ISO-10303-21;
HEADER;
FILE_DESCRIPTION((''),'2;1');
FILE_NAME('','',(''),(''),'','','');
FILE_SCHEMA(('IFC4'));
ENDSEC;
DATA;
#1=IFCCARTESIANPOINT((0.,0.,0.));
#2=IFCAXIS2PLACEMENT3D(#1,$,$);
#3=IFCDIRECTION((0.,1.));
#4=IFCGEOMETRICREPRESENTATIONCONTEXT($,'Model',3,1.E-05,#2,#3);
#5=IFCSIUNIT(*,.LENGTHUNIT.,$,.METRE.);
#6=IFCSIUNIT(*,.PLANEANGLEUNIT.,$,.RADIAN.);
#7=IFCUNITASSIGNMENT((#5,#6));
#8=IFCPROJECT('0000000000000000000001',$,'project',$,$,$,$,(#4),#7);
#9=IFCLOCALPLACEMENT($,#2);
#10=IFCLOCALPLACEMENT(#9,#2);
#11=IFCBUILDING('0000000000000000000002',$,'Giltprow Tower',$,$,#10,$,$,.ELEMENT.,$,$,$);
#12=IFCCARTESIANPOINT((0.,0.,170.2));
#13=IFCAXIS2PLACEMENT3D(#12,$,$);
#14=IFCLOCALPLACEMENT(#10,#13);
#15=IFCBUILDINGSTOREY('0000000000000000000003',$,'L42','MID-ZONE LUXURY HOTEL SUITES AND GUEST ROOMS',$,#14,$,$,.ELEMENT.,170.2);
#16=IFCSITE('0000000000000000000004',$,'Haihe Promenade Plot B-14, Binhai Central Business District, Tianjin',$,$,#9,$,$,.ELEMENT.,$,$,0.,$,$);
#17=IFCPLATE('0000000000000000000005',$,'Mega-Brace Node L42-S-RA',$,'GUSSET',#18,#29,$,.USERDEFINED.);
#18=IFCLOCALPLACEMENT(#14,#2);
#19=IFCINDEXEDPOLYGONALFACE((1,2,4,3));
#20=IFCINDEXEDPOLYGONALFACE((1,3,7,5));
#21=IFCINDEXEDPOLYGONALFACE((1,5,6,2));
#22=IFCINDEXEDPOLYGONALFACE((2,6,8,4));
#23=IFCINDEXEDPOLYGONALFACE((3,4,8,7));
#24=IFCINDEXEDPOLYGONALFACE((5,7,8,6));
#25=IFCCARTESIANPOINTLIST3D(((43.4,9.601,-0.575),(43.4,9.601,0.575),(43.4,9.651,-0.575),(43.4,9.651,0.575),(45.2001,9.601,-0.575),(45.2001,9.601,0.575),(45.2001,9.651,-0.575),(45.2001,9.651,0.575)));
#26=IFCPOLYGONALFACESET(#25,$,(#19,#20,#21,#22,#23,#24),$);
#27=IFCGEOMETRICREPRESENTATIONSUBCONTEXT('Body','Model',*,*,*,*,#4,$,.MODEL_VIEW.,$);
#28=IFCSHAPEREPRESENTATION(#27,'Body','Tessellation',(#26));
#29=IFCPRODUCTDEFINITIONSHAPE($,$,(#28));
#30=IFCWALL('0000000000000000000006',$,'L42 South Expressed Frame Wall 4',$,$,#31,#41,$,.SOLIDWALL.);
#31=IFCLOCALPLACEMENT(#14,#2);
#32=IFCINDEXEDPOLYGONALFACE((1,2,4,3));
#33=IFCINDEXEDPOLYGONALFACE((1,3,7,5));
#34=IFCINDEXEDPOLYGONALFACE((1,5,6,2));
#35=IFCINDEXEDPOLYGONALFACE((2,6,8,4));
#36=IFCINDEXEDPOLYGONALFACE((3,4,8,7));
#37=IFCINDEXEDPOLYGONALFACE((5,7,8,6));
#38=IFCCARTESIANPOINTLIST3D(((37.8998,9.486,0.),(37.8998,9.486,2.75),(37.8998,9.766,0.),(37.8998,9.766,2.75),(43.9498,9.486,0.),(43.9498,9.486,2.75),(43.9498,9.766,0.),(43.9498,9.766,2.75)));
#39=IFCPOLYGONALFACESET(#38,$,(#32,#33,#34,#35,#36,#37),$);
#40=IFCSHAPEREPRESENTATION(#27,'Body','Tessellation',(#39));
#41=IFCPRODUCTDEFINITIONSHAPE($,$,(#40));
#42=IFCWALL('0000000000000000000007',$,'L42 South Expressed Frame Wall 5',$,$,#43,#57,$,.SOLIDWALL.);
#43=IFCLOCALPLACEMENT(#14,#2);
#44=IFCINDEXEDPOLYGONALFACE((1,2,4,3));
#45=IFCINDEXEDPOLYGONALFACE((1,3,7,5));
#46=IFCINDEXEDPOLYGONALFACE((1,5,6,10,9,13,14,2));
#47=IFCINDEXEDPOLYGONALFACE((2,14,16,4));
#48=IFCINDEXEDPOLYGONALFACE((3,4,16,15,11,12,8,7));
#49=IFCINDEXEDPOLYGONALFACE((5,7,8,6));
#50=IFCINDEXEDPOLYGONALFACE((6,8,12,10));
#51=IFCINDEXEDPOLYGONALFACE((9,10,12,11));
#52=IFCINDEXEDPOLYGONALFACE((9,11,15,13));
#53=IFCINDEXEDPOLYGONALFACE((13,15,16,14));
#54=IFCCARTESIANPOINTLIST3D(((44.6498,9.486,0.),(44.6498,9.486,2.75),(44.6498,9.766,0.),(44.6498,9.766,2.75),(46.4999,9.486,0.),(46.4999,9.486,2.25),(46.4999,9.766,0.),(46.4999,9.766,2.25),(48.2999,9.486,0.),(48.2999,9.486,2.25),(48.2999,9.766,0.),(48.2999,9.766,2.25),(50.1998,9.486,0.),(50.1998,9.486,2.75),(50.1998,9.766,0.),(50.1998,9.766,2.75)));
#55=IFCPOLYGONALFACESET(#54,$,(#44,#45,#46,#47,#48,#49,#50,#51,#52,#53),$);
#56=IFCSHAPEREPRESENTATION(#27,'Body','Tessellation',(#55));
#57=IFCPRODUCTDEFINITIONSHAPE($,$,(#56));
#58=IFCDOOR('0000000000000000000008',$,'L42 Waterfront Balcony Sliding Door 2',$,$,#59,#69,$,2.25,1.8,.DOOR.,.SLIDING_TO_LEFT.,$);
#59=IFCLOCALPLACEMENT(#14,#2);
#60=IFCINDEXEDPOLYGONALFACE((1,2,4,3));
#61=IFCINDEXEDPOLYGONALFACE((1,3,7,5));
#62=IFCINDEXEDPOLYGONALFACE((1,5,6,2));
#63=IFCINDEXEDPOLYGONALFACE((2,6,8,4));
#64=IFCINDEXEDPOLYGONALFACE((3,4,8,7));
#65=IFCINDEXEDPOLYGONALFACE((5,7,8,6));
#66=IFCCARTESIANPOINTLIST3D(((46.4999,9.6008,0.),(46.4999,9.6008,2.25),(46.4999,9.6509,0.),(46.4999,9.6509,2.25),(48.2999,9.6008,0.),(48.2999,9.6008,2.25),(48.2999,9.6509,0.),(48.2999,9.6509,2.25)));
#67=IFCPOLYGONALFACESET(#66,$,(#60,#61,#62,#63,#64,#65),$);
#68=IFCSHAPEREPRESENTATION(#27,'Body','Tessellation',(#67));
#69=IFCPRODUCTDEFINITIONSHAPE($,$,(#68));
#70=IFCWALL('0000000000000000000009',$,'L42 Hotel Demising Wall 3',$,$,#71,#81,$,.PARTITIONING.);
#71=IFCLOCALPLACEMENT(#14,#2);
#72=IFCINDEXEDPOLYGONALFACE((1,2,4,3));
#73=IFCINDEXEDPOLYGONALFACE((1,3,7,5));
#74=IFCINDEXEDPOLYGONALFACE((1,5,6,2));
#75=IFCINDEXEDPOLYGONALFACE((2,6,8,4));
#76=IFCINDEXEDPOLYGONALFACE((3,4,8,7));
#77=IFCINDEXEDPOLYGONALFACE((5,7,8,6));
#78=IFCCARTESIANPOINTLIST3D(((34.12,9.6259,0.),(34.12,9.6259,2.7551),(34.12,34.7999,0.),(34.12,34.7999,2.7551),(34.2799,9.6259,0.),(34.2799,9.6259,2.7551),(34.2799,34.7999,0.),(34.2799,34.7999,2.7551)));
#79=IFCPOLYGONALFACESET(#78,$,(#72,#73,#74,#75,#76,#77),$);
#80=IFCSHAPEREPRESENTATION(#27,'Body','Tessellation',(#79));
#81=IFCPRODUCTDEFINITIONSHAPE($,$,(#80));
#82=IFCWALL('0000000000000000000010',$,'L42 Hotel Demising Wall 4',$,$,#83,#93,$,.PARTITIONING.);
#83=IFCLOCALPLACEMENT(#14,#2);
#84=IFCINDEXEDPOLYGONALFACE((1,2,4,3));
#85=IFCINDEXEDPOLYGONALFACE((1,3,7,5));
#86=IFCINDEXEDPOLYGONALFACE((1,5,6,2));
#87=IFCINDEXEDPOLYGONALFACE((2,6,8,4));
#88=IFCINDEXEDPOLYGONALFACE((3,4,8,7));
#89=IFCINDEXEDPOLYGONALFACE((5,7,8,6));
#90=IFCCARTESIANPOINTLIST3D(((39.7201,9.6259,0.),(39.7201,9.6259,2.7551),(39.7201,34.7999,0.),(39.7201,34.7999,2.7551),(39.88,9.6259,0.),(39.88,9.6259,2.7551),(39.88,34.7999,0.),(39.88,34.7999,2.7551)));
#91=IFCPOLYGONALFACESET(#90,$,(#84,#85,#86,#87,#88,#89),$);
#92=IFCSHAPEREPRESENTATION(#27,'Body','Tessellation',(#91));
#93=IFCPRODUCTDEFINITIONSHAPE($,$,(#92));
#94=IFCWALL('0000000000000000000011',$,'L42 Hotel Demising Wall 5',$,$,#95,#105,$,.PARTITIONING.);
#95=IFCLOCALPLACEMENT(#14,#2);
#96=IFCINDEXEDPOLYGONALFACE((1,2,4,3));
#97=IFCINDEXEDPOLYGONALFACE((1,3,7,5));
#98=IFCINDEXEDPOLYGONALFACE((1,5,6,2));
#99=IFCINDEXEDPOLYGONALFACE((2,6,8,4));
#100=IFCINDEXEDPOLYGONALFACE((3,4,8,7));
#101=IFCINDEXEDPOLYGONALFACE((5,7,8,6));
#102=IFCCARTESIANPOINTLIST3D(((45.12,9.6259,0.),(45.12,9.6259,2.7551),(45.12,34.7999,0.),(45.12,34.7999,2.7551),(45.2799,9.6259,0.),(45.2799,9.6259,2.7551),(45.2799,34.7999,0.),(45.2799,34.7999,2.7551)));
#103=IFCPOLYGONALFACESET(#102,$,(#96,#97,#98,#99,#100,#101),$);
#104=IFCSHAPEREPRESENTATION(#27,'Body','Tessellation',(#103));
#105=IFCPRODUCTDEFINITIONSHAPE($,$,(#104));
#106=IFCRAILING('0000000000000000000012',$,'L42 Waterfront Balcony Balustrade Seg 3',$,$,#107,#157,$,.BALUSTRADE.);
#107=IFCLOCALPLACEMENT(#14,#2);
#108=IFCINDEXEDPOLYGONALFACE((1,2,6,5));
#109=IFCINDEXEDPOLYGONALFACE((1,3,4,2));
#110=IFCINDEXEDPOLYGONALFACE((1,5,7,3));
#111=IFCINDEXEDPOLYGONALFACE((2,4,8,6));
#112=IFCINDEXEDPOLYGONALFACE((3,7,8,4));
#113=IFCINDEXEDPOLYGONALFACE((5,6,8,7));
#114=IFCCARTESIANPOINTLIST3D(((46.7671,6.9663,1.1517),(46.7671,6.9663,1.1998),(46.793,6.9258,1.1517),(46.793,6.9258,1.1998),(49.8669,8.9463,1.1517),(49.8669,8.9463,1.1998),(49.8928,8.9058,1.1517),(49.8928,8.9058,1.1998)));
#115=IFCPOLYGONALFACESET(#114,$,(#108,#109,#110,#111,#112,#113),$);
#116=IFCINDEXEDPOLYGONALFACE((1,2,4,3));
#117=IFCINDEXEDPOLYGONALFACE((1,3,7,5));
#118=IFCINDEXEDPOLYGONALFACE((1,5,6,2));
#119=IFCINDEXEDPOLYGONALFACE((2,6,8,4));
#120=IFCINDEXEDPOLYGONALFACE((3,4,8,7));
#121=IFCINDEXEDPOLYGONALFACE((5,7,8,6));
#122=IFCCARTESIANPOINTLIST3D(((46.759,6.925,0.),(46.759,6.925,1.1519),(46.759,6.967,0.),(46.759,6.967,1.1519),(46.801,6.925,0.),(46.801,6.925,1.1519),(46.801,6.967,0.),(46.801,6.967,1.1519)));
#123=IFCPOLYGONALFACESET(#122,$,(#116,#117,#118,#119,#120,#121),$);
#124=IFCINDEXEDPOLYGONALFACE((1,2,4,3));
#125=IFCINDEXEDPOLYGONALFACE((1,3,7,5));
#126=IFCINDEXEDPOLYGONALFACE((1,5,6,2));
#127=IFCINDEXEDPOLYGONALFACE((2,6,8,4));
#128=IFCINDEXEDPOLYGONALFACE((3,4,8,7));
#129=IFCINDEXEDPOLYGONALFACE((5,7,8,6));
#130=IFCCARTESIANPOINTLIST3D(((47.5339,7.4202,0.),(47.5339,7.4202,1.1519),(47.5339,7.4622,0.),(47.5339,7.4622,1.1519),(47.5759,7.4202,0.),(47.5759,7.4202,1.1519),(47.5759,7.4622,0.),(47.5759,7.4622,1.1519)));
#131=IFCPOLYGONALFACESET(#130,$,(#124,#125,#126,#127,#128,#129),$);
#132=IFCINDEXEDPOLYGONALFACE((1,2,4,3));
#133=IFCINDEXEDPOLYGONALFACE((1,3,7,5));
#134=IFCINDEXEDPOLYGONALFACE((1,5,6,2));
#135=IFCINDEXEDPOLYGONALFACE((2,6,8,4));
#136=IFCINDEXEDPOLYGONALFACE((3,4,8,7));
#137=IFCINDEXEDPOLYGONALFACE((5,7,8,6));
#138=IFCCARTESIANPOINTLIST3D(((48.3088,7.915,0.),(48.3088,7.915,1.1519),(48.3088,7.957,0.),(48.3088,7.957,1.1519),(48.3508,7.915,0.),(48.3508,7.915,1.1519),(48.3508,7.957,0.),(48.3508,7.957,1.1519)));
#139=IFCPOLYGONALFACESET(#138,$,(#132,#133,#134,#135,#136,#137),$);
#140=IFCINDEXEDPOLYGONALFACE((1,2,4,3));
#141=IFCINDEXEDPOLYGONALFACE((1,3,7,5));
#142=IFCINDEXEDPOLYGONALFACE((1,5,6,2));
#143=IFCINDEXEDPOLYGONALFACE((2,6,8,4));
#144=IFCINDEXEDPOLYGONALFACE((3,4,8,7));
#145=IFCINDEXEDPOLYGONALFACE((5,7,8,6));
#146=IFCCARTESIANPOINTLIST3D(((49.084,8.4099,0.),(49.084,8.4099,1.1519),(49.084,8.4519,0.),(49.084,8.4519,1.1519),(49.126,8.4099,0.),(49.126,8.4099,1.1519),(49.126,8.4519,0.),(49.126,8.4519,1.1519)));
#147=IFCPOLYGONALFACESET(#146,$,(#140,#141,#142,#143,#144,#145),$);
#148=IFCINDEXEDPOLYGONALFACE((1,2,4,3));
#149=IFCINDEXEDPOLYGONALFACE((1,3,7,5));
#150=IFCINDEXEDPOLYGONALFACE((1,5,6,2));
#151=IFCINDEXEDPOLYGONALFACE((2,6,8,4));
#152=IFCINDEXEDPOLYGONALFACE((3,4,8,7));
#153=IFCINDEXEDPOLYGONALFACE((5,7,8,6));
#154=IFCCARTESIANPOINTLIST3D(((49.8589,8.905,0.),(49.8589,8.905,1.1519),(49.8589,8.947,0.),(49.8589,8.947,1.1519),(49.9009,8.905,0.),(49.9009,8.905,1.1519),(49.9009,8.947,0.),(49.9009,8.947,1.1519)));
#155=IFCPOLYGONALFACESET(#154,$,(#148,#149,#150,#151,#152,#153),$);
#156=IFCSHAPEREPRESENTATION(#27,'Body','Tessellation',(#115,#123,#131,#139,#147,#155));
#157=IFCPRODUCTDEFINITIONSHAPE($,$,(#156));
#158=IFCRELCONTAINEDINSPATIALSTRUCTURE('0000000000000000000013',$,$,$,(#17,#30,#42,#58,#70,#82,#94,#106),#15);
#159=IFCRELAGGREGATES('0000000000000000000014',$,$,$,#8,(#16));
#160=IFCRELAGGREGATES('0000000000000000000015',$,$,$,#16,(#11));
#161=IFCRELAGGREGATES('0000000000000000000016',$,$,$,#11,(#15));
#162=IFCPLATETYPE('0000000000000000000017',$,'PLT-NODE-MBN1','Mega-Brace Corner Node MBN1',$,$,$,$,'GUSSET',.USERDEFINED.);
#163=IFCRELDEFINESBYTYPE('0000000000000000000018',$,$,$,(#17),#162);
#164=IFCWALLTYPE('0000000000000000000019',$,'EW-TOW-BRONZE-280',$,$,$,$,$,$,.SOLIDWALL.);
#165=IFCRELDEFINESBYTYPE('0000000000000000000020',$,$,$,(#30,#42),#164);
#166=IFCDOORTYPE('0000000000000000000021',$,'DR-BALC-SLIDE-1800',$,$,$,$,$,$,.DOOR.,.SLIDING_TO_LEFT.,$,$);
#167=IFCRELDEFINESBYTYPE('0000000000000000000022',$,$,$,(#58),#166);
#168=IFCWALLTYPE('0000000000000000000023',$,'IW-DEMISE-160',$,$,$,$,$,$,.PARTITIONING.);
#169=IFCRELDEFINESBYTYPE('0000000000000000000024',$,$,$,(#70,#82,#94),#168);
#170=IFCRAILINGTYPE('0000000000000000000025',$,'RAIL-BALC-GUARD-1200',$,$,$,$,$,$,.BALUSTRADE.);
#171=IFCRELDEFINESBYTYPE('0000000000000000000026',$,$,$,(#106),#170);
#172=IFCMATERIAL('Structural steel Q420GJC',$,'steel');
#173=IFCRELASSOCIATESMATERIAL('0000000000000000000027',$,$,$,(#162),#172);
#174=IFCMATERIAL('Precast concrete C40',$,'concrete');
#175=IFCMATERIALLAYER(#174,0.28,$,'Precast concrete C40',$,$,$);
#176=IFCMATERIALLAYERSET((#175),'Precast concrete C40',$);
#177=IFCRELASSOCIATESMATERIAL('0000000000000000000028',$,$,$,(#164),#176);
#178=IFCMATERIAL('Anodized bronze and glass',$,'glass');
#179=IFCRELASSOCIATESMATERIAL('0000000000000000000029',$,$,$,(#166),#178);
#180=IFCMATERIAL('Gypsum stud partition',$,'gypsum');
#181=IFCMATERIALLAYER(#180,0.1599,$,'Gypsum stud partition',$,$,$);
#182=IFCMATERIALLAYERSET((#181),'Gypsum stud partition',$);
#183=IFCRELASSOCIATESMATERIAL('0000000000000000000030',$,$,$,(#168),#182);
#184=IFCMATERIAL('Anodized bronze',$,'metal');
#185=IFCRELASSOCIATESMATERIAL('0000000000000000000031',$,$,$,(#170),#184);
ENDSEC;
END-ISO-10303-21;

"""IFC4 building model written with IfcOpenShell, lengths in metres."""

from ifc_helpers import new_model, si_unit, direction, frame, frame_2d, origin, origin_2d, place, context, subcontext, project, spatial, rectangle, extrude, source, transform, mapped, material, layer, layer_set, type_object, element, fill, save


model = new_model("IFC4")

# Units and contexts
model_context = context("Model", 3, precision=1e-05, world=origin(), true_north=direction((0.0, 1.0)))
body_context = subcontext(model_context, "Body", "Model", "MODEL_VIEW")
ifc_project = project(units=[si_unit("LENGTHUNIT", "METRE"), si_unit("PLANEANGLEUNIT", "RADIAN")], contexts=[model_context])

# Site, building, storey
site_placement = place(None, origin())
site = spatial("IfcSite", under=ifc_project, at=site_placement, Name="Haihe Promenade Plot B-14, Binhai Central Business District, Tianjin", CompositionType="ELEMENT", RefElevation=0.0)
building_placement = place(site_placement, origin())
building = spatial("IfcBuilding", under=site, at=building_placement, Name="Giltprow Tower", CompositionType="ELEMENT")
storey_placement = place(building_placement, frame((0.0, 0.0, 170.2)))
storey = spatial("IfcBuildingStorey", under=building, at=storey_placement, Name="L42", Description="MID-ZONE LUXURY HOTEL SUITES AND GUEST ROOMS", CompositionType="ELEMENT", Elevation=170.2)

# Shared definitions
ifc_material_1 = material(Name="Structural steel Q420GJC", Category="steel")

# Shared definitions
ifc_material_2 = material(Name="Anodized bronze", Category="metal")

# Plate
plate_type = type_object("IfcPlateType", Name="PLT-NODE-MBN1", Description="Mega-Brace Corner Node MBN1", ElementType="GUSSET", PredefinedType="USERDEFINED", material=ifc_material_1)
shared_shape_1 = source(origin(), body_context, "Body", "SweptSolid", [
    extrude(rectangle(XDim=1.8, YDim=0.05, at=origin_2d()), origin(), (0.0, 0.0, 1.0), 1.1499),
])
plate_placement = place(storey_placement, frame((44.3, 9.626, -0.575), z_axis=(0.0, 0.0, 1.0), x_axis=(1.0, 0.0, 0.0)))
element("IfcPlate", 1, at=plate_placement, inside=storey, type_object=plate_type, Name="Mega-Brace Node L42-S-RA", ObjectType="GUSSET", PredefinedType="USERDEFINED", context=body_context, shape_type="MappedRepresentation", body=[
    mapped(shared_shape_1, transform((0.0, 0.0, 0.0), x_axis=(1.0, 0.0, 0.0), y_axis=(0.0, 1.0, 0.0), z_axis=(0.0, 0.0, 1.0), scale=1.0)),
])

# Wall
ifc_material_3 = material(Name="Precast concrete C40", Category="concrete")
ifc_layer_1 = layer(ifc_material_3, 0.28, Name="Precast concrete C40")
ifc_layer_set_1 = layer_set([ifc_layer_1], Name="Precast concrete C40")
wall_type_1 = type_object("IfcWallType", Name="EW-TOW-BRONZE-280", PredefinedType="SOLIDWALL", material=ifc_layer_set_1)
wall_1_placement = place(storey_placement, frame((37.8999, 9.626, 0.0), z_axis=(0.0, 0.0, 1.0), x_axis=(1.0, 0.0, 0.0)))
element("IfcWall", 2, at=wall_1_placement, inside=storey, type_object=wall_type_1, Name="L42 South Expressed Frame Wall 4", PredefinedType="SOLIDWALL", context=body_context, shape_type="SweptSolid", body=[
    extrude(rectangle(XDim=6.05, YDim=0.28, at=frame_2d((3.0249, 0.0))), origin(), (0.0, 0.0, 1.0), 2.75),
])

# Wall, opening, door
wall_2_placement = place(storey_placement, frame((44.6499, 9.626, 0.0), z_axis=(0.0, 0.0, 1.0), x_axis=(1.0, 0.0, 0.0)))
wall_2 = element("IfcWall", 3, at=wall_2_placement, inside=storey, type_object=wall_type_1, Name="L42 South Expressed Frame Wall 5", PredefinedType="SOLIDWALL", context=body_context, shape_type="SweptSolid", body=[
    extrude(rectangle(XDim=5.55, YDim=0.28, at=frame_2d((2.7749, 0.0))), origin(), (0.0, 0.0, 1.0), 2.75),
])
opening_placement = place(wall_2_placement, frame((1.8501, 0.0, 0.0)))
opening = element("IfcOpeningElement", 4, at=opening_placement, cuts=wall_2, PredefinedType="OPENING", context=body_context, shape_type="SweptSolid", body=[
    extrude(rectangle(XDim=1.8, YDim=2.25, at=frame_2d((0.8999, 1.125))), frame((0.0, 0.1499, 0.0), z_axis=(0.0, -1.0, 0.0), x_axis=(1.0, 0.0, 0.0)), (0.0, 0.0, 1.0), 0.3),
])
ifc_material_4 = material(Name="Anodized bronze and glass", Category="glass")
door_type = type_object("IfcDoorType", Name="DR-BALC-SLIDE-1800", OperationType="SLIDING_TO_LEFT", PredefinedType="DOOR", material=ifc_material_4)
shared_shape_2 = source(origin(), body_context, "Body", "SweptSolid", [
    extrude(rectangle(XDim=1.8, YDim=2.25, at=frame_2d((0.8999, 1.125))), frame((0.0, 0.0249, 0.0), z_axis=(0.0, -1.0, 0.0), x_axis=(1.0, 0.0, 0.0)), (0.0, 0.0, 1.0), 0.05),
])
door_placement = place(opening_placement, origin())
door = element("IfcDoor", 5, at=door_placement, inside=storey, type_object=door_type, Name="L42 Waterfront Balcony Sliding Door 2", OperationType="SLIDING_TO_LEFT", OverallHeight=2.25, OverallWidth=1.8, PredefinedType="DOOR", context=body_context, shape_type="MappedRepresentation", body=[
    mapped(shared_shape_2, transform((0.0, 0.0, 0.0), x_axis=(1.0, 0.0, 0.0), y_axis=(0.0, 1.0, 0.0), z_axis=(0.0, 0.0, 1.0), scale=1.0)),
])
fill(opening, door)

# Walls
ifc_material_5 = material(Name="Gypsum stud partition", Category="gypsum")
ifc_layer_2 = layer(ifc_material_5, 0.1599, Name="Gypsum stud partition")
ifc_layer_set_2 = layer_set([ifc_layer_2], Name="Gypsum stud partition")
wall_type_2 = type_object("IfcWallType", Name="IW-DEMISE-160", PredefinedType="PARTITIONING", material=ifc_layer_set_2)
for number, where, z_axis, x_axis, name in (
    (6, (34.2, 9.626, 0.0), (0.0, 0.0, 1.0), (0.0, 1.0, 0.0), "L42 Hotel Demising Wall 3"),
    (7, (39.8, 9.626, 0.0), (0.0, 0.0, 1.0), (0.0, 1.0, 0.0), "L42 Hotel Demising Wall 4"),
    (8, (45.2, 9.626, 0.0), (0.0, 0.0, 1.0), (0.0, 1.0, 0.0), "L42 Hotel Demising Wall 5"),
):
    element("IfcWall", number, at=place(storey_placement, frame(where, z_axis=z_axis, x_axis=x_axis)), inside=storey, type_object=wall_type_2, Name=name, PredefinedType="PARTITIONING", context=body_context, shape_type="SweptSolid", body=[
        extrude(rectangle(XDim=25.1741, YDim=0.1599, at=frame_2d((12.5869, 0.0))), origin(), (0.0, 0.0, 1.0), 2.7551),
    ])

# Railing
railing_type = type_object("IfcRailingType", Name="RAIL-BALC-GUARD-1200", PredefinedType="BALUSTRADE", material=ifc_material_2)
railing_1_placement = place(storey_placement, frame((46.78, 6.946, 0.0)))
element("IfcRailing", 9, at=railing_1_placement, inside=storey, type_object=railing_type, Name="L42 Waterfront Balcony Balustrade Seg 3", PredefinedType="BALUSTRADE", context=body_context, shape_type="SweptSolid", body=[
    extrude(rectangle(XDim=0.0481, YDim=0.0481, at=origin_2d()), frame((0.0, 0.0, 1.1758), z_axis=(0.842756, 0.538296, 0.0), x_axis=(-0.538296, 0.842756, 0.0)), (0.0, 0.0, 1.0), 3.6782),
    extrude(rectangle(XDim=0.042, YDim=0.042, at=origin_2d()), origin(), (0.0, 0.0, 1.0), 1.1519),
    extrude(rectangle(XDim=0.042, YDim=0.042, at=origin_2d()), frame((0.7749, 0.4951, 0.0)), (0.0, 0.0, 1.0), 1.1519),
    extrude(rectangle(XDim=0.042, YDim=0.042, at=origin_2d()), frame((1.5498, 0.99, 0.0)), (0.0, 0.0, 1.0), 1.1519),
    extrude(rectangle(XDim=0.042, YDim=0.042, at=origin_2d()), frame((2.325, 1.4849, 0.0)), (0.0, 0.0, 1.0), 1.1519),
    extrude(rectangle(XDim=0.042, YDim=0.042, at=origin_2d()), frame((3.0999, 1.98, 0.0)), (0.0, 0.0, 1.0), 1.1519),
])

save(model, "model.ifc")
